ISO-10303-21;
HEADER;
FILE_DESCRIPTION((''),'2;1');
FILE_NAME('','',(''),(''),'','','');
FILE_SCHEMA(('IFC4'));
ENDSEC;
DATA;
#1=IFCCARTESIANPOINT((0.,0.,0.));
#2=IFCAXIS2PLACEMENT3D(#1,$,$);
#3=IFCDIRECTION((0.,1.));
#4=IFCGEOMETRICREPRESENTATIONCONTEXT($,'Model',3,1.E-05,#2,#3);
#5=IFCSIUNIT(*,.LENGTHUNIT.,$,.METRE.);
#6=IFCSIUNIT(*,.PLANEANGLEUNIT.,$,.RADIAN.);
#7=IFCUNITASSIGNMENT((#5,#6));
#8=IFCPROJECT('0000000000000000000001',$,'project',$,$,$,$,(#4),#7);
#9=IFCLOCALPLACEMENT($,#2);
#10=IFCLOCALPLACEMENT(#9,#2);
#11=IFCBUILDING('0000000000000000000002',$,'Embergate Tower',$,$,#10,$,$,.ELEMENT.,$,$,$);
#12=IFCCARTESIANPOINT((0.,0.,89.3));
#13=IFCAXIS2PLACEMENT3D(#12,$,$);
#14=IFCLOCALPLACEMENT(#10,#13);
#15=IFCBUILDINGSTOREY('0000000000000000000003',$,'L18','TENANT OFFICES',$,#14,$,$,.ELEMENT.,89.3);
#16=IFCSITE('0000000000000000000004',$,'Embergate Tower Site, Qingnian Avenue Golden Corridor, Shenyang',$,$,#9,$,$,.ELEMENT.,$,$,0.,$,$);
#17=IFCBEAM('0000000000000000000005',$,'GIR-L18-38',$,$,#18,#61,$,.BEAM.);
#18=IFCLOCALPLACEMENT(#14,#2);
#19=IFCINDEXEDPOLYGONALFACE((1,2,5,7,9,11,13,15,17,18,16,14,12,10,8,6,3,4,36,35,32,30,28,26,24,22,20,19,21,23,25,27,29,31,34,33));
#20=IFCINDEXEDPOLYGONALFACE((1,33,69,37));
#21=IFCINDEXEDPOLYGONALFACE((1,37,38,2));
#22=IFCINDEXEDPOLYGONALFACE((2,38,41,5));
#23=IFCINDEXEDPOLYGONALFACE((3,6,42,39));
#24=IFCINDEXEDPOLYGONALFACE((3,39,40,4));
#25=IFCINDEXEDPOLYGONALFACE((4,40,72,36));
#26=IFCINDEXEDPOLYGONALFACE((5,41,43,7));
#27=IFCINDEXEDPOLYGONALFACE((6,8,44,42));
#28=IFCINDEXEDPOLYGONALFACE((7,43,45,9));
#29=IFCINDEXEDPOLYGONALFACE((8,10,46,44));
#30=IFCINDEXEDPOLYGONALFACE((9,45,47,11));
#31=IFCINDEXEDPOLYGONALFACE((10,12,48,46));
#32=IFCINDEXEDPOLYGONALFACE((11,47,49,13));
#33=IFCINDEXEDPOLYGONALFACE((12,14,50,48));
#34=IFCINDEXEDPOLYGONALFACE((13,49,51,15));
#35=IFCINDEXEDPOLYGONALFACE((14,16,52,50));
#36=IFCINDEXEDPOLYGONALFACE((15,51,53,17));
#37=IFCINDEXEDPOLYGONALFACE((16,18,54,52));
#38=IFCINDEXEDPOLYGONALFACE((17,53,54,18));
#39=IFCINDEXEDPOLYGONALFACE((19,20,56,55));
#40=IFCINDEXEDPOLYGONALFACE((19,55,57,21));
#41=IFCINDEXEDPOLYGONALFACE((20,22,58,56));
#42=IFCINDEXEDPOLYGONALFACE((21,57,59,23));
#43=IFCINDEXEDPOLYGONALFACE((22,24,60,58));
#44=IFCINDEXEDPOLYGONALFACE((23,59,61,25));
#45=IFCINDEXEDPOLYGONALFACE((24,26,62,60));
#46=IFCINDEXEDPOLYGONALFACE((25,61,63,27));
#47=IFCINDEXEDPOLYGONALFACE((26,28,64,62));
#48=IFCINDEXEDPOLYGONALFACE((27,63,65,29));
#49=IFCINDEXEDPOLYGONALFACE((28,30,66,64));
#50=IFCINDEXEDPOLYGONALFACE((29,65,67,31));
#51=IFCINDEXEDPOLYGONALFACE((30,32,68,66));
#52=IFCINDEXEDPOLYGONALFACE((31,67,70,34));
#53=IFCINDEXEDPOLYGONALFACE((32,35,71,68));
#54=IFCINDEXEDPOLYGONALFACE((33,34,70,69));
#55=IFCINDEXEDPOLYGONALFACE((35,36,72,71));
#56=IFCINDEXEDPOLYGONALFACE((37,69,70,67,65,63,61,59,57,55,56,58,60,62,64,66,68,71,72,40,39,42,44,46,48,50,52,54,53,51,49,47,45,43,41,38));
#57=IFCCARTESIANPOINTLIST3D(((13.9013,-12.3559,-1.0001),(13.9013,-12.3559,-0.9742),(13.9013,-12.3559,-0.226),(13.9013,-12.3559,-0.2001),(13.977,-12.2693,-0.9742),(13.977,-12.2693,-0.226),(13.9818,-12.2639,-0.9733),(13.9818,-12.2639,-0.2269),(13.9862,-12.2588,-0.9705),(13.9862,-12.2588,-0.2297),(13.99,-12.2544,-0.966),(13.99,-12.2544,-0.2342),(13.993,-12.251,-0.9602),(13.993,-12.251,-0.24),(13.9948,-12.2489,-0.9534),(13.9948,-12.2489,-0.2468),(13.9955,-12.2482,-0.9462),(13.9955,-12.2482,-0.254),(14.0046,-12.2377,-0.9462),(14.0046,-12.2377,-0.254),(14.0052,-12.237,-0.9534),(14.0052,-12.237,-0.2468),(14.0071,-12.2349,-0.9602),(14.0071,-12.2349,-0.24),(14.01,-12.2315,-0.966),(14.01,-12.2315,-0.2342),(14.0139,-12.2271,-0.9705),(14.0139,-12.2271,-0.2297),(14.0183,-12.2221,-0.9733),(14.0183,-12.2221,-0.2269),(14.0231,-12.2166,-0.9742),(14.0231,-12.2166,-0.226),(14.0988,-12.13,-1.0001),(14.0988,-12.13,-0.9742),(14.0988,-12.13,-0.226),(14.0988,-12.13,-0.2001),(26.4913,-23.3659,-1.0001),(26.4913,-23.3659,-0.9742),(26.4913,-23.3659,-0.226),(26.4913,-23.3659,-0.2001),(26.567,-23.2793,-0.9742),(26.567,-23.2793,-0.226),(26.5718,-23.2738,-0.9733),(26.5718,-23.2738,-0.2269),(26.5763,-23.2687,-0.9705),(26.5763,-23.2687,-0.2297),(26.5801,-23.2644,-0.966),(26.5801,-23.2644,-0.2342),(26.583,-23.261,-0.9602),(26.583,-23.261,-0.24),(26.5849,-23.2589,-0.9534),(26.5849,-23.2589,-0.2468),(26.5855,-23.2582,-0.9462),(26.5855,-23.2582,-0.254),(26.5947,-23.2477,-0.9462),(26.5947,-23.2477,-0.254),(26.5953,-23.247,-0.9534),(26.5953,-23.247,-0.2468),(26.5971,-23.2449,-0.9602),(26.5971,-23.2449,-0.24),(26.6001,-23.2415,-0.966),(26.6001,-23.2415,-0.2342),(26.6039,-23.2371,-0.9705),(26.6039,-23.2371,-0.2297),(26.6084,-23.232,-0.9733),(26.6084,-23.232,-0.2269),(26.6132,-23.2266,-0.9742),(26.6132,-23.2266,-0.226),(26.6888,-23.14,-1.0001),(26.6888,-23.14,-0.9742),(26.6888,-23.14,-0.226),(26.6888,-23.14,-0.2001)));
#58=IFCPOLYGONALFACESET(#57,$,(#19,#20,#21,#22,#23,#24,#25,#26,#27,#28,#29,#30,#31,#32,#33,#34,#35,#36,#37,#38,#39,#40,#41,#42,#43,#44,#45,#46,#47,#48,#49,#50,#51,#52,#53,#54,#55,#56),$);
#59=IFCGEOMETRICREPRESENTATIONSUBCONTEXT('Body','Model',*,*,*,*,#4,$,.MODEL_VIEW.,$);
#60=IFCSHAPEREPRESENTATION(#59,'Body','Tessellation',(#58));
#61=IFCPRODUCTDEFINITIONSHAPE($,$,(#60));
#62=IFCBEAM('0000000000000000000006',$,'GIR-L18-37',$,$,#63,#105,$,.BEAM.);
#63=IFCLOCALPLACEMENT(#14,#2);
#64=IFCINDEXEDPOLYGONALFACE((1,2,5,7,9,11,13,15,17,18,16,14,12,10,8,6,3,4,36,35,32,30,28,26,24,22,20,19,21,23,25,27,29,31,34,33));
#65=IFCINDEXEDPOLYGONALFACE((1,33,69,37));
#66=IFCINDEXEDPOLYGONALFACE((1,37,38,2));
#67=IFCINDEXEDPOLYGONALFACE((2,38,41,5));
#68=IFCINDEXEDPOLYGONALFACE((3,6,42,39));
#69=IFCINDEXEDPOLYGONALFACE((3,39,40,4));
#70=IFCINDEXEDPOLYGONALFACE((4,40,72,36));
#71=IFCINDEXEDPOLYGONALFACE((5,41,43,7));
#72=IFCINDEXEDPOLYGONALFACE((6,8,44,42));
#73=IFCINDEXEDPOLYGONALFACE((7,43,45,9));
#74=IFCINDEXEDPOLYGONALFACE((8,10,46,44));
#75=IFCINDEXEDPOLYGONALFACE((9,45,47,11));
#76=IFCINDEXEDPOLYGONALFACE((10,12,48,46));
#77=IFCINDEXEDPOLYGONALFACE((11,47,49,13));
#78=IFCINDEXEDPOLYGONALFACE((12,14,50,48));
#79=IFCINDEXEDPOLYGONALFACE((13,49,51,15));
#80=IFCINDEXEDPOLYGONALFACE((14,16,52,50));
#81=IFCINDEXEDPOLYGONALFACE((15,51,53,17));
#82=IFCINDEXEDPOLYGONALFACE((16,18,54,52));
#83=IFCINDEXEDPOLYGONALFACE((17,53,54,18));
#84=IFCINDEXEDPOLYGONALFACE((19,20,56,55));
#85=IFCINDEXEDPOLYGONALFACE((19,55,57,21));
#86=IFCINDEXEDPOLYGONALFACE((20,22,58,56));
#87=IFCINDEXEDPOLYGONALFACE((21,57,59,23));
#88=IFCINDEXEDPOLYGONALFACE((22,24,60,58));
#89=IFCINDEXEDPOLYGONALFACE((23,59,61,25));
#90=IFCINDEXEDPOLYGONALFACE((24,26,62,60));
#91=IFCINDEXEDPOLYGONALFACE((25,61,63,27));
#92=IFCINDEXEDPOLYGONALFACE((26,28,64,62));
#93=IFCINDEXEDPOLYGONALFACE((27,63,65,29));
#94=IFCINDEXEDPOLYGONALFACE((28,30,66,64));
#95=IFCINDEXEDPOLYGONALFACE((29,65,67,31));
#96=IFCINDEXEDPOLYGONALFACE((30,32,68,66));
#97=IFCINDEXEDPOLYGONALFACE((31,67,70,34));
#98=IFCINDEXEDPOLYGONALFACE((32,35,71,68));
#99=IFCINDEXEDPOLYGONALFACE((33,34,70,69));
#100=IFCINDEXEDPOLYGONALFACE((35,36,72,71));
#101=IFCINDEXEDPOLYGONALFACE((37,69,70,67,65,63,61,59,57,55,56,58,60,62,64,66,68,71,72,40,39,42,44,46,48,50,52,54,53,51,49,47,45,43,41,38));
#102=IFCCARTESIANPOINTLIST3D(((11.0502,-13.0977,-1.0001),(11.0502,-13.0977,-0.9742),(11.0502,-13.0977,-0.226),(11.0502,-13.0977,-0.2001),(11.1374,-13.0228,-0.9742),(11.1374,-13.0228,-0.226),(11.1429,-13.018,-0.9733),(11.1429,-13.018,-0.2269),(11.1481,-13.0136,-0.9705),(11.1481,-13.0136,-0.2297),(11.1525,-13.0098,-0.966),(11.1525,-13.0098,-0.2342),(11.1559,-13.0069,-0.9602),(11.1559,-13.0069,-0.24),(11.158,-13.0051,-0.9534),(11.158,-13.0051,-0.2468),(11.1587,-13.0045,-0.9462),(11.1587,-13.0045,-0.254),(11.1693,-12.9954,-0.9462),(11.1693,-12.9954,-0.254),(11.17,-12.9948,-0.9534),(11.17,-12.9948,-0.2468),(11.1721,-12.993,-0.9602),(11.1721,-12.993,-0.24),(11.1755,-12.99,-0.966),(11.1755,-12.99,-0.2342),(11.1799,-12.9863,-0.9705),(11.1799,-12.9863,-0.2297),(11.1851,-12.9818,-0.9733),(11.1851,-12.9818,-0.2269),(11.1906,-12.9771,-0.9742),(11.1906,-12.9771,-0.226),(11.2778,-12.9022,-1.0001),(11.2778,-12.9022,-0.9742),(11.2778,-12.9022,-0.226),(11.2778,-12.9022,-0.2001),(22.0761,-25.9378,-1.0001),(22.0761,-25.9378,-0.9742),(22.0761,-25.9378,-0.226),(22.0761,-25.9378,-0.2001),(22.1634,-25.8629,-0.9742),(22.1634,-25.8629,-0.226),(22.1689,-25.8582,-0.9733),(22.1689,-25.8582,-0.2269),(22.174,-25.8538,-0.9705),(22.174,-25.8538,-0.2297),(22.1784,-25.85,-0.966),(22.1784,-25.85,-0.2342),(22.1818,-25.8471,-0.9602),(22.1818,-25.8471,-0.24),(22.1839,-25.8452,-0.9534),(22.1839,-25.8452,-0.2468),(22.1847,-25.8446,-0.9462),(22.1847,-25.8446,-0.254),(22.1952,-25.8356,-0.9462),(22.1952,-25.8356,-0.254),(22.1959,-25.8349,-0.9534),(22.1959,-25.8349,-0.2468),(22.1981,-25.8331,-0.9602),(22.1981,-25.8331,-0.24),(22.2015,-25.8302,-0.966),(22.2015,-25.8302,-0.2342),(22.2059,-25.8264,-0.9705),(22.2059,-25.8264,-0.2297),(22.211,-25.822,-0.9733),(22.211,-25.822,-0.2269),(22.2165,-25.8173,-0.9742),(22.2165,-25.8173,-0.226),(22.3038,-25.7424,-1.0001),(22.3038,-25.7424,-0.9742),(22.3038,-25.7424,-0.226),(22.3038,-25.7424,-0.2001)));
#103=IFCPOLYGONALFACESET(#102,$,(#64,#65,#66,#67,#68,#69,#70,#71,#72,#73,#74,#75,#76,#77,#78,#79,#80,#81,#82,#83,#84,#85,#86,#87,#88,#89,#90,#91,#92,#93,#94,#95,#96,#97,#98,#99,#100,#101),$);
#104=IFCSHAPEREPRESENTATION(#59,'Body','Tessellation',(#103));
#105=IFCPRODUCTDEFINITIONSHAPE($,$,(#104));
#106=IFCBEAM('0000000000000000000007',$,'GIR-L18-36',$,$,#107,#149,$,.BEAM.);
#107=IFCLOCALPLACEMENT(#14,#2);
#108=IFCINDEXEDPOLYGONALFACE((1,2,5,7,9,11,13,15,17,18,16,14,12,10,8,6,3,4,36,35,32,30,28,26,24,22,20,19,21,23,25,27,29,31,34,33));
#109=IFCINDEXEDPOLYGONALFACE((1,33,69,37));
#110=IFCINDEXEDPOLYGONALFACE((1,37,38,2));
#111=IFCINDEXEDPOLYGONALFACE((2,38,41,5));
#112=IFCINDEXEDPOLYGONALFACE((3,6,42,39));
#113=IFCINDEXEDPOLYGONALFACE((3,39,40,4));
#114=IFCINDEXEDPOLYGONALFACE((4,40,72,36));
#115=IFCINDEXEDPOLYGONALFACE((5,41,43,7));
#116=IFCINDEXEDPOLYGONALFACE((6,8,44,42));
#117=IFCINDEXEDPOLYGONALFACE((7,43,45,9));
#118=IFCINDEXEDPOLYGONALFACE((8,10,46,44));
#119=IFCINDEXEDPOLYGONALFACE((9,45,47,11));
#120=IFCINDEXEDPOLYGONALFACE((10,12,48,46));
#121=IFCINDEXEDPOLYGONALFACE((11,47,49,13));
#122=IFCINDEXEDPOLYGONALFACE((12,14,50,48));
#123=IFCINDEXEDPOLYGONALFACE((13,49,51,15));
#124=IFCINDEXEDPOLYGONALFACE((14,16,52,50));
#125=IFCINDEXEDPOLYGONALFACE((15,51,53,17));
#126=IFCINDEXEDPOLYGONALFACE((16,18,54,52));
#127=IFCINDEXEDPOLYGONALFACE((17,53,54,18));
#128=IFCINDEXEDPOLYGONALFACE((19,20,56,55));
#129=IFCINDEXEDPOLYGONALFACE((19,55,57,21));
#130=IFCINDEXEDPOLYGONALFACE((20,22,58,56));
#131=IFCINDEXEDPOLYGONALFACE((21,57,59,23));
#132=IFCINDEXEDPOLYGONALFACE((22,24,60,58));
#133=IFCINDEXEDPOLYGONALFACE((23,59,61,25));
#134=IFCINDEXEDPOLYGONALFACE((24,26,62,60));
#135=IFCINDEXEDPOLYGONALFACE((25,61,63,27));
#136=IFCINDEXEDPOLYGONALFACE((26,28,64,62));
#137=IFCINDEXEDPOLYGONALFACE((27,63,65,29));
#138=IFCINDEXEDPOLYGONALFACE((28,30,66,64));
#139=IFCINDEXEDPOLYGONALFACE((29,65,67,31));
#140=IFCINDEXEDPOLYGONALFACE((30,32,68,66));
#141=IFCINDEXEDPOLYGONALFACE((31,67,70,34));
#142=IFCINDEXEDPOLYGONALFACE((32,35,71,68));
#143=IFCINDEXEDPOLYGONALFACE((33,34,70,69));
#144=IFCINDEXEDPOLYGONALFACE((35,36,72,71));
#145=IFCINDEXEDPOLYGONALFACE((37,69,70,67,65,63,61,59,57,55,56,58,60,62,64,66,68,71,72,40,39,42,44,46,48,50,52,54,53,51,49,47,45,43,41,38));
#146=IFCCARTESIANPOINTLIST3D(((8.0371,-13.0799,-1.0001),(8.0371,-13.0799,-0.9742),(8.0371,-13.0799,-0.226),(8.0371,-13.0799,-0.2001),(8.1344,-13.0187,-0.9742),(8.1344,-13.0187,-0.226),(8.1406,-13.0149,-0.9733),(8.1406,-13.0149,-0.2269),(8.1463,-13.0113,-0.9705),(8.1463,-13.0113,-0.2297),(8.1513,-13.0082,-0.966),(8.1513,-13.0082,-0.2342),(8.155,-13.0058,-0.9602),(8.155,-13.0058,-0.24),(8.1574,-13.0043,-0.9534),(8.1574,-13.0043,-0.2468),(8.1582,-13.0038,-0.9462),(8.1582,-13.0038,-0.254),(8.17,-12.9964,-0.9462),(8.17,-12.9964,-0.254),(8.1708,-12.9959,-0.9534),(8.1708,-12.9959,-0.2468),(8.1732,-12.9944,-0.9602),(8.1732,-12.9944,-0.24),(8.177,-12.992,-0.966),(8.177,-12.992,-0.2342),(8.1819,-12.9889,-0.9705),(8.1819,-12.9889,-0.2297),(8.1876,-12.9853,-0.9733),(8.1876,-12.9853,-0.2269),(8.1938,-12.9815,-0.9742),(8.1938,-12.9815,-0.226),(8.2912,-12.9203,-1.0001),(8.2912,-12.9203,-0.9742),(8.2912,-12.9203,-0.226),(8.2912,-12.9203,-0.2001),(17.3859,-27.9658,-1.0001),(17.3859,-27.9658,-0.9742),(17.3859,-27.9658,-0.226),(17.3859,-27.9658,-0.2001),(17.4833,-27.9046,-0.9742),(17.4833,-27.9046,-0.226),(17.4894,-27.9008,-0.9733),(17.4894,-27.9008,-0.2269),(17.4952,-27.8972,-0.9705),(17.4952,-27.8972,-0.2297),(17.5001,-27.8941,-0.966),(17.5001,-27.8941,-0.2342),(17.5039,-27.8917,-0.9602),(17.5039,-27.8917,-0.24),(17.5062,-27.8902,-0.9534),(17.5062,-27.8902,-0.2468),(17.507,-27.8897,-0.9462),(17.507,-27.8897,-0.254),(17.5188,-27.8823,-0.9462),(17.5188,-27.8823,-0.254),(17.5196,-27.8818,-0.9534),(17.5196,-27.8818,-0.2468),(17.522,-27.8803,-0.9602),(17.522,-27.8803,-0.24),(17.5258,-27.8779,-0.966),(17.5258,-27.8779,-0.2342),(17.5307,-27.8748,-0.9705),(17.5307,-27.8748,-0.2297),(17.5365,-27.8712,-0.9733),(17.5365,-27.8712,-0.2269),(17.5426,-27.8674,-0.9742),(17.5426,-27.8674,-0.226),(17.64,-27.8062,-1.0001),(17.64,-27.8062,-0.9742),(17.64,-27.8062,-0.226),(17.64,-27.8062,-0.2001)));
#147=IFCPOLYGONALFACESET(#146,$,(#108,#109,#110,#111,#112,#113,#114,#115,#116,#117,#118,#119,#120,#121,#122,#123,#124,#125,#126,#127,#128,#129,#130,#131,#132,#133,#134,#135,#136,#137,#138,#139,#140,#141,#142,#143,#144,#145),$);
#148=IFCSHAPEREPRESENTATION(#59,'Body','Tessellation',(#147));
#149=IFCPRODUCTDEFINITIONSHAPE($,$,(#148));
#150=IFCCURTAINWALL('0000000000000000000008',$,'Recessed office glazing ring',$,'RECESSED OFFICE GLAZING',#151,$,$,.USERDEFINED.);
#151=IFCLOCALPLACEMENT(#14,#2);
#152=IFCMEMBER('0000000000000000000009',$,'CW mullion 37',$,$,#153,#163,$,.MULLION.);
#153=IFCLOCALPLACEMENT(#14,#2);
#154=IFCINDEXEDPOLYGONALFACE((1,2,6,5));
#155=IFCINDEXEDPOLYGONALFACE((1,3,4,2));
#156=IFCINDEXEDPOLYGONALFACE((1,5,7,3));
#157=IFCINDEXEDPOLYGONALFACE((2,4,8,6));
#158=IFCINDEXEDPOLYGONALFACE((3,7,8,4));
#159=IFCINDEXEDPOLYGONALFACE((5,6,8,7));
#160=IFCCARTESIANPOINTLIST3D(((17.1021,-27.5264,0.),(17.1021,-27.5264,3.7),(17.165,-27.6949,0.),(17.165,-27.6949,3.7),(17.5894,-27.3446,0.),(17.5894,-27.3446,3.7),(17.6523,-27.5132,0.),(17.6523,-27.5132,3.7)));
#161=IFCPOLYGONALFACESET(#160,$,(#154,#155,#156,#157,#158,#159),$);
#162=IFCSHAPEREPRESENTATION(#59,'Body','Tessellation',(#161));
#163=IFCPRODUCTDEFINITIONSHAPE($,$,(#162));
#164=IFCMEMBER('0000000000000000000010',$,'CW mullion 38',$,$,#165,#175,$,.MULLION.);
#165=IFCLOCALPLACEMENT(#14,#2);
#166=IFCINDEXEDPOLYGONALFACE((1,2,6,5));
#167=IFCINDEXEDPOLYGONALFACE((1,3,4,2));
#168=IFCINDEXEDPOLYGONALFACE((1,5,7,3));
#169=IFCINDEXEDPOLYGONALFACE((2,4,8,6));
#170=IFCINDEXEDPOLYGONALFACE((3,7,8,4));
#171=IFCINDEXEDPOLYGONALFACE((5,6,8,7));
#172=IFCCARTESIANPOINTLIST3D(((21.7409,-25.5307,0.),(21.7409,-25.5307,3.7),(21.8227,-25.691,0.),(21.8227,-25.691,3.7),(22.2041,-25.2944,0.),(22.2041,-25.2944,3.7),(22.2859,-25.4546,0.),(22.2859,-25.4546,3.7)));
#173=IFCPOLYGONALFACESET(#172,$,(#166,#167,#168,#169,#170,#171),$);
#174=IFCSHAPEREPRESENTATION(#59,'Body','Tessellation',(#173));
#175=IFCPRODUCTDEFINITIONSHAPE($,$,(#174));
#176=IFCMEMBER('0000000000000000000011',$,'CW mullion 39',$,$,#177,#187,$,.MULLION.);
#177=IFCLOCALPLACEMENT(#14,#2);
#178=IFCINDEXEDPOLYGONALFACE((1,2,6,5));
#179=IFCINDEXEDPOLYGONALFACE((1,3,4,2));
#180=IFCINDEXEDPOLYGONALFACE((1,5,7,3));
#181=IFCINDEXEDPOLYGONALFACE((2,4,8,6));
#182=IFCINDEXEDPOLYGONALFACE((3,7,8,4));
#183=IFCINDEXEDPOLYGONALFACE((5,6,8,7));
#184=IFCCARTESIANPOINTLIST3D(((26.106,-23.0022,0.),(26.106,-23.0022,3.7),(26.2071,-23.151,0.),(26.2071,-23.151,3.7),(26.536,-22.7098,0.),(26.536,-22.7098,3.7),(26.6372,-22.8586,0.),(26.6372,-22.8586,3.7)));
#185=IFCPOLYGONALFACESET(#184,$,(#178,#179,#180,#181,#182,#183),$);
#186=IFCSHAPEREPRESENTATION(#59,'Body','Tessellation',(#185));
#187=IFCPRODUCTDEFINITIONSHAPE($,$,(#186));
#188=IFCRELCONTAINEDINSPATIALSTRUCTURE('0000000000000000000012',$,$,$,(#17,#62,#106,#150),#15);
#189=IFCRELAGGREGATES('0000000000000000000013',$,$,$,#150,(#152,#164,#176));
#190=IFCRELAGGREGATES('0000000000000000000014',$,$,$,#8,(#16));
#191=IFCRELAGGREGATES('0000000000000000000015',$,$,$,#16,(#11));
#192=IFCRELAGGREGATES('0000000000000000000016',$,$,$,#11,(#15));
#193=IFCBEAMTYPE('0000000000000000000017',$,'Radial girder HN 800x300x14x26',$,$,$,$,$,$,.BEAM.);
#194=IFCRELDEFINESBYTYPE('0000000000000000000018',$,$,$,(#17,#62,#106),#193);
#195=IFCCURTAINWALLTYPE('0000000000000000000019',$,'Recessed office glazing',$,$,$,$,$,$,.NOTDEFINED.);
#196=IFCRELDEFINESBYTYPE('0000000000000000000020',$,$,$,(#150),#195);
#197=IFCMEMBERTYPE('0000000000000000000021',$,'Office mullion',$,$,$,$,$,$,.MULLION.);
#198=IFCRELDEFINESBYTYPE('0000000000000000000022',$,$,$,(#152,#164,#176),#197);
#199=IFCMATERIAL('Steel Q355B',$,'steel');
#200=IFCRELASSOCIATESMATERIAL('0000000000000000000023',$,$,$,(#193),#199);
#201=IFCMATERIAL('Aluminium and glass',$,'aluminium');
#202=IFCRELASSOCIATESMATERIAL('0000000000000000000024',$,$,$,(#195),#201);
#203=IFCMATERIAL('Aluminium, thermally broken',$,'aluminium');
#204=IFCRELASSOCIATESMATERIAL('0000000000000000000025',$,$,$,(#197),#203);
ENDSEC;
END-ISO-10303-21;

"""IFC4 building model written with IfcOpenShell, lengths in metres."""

from ifc_helpers import new_model, si_unit, direction, frame, origin, origin_2d, place, context, subcontext, project, spatial, rectangle, i_section, extrude, source, transform, mapped, material, material_profile, profile_set, type_object, element, aggregate, save


model = new_model("IFC4")

# Units and contexts
model_context = context("Model", 3, precision=1e-05, world=origin(), true_north=direction((0.0, 1.0)))
body_context = subcontext(model_context, "Body", "Model", "MODEL_VIEW")
ifc_project = project(units=[si_unit("LENGTHUNIT", "METRE"), si_unit("PLANEANGLEUNIT", "RADIAN")], contexts=[model_context])

# Site, building, storey
site_placement = place(None, origin())
site = spatial("IfcSite", under=ifc_project, at=site_placement, Name="Embergate Tower Site, Qingnian Avenue Golden Corridor, Shenyang", CompositionType="ELEMENT", RefElevation=0.0)
building_placement = place(site_placement, origin())
building = spatial("IfcBuilding", under=site, at=building_placement, Name="Embergate Tower", CompositionType="ELEMENT")
storey_placement = place(building_placement, frame((0.0, 0.0, 89.3)))
storey = spatial("IfcBuildingStorey", under=building, at=storey_placement, Name="L18", Description="TENANT OFFICES", CompositionType="ELEMENT", Elevation=89.3)

# Beams
ifc_material_1 = material(Name="Steel Q355B", Category="steel")
ifc_material_profile_1 = material_profile(ifc_material_1, i_section(OverallWidth=0.3, OverallDepth=0.8, WebThickness=0.0139, FlangeThickness=0.0259, FilletRadius=0.0281, at=origin_2d()), Name="HN 800x300x14x26")
ifc_profile_set_1 = profile_set([ifc_material_profile_1], Name="Steel Q355 grade B")
beam_type_1 = type_object("IfcBeamType", Name="Radial girder HN 800x300x14x26", PredefinedType="BEAM", material=ifc_profile_set_1)
shared_shape_1 = source(origin(), body_context, "Body", "SweptSolid", [
    extrude(i_section(OverallWidth=0.3, OverallDepth=0.8, WebThickness=0.0139, FlangeThickness=0.0259, FilletRadius=0.0281, at=origin_2d()), origin(), (0.0, 0.0, 1.0), 16.7251),
])
beam_1_placement = place(storey_placement, frame((26.5901, -23.2529, -0.6001), z_axis=(-0.752764, 0.658291, 0.0), x_axis=(-0.658291, -0.752764, 0.0)))
element("IfcBeam", 1, at=beam_1_placement, inside=storey, type_object=beam_type_1, Name="GIR-L18-38", PredefinedType="BEAM", context=body_context, shape_type="MappedRepresentation", body=[
    mapped(shared_shape_1, transform((0.0, 0.0, 0.0))),
])
shared_shape_2 = source(origin(), body_context, "Body", "SweptSolid", [
    extrude(i_section(OverallWidth=0.3, OverallDepth=0.8, WebThickness=0.0139, FlangeThickness=0.0259, FilletRadius=0.0281, at=origin_2d()), origin(), (0.0, 0.0, 1.0), 16.9246),
])
beam_2_placement = place(storey_placement, frame((22.1899, -25.8401, -0.6001), z_axis=(-0.651475, 0.75867, 0.0), x_axis=(-0.75867, -0.651475, 0.0)))
element("IfcBeam", 2, at=beam_2_placement, inside=storey, type_object=beam_type_1, Name="GIR-L18-37", PredefinedType="BEAM", context=body_context, shape_type="MappedRepresentation", body=[
    mapped(shared_shape_2, transform((0.0, 0.0, 0.0))),
])
shared_shape_3 = source(origin(), body_context, "Body", "SweptSolid", [
    extrude(i_section(OverallWidth=0.3, OverallDepth=0.8, WebThickness=0.0139, FlangeThickness=0.0259, FilletRadius=0.0281, at=origin_2d()), origin(), (0.0, 0.0, 1.0), 17.5781),
])
beam_3_placement = place(storey_placement, frame((17.5129, -27.886, -0.6001), z_axis=(-0.531844, 0.846842, 0.0), x_axis=(-0.846842, -0.531844, 0.0)))
element("IfcBeam", 3, at=beam_3_placement, inside=storey, type_object=beam_type_1, Name="GIR-L18-36", PredefinedType="BEAM", context=body_context, shape_type="MappedRepresentation", body=[
    mapped(shared_shape_3, transform((0.0, 0.0, 0.0))),
])

# Curtain wall, members
ifc_material_2 = material(Name="Aluminium and glass", Category="aluminium")
curtain_wall_type = type_object("IfcCurtainWallType", Name="Recessed office glazing", PredefinedType="NOTDEFINED", material=ifc_material_2)
curtain_wall_placement = place(storey_placement, origin())
curtain_wall = element("IfcCurtainWall", 4, at=curtain_wall_placement, inside=storey, type_object=curtain_wall_type, Name="Recessed office glazing ring", ObjectType="RECESSED OFFICE GLAZING", PredefinedType="USERDEFINED")
ifc_material_3 = material(Name="Aluminium, thermally broken", Category="aluminium")
ifc_material_profile_2 = material_profile(ifc_material_3, rectangle(XDim=0.1799, YDim=0.52, at=origin_2d()), Name="AL 520x180")
ifc_profile_set_2 = profile_set([ifc_material_profile_2], Name="Aluminium, thermally broken")
member_type_1 = type_object("IfcMemberType", Name="Office mullion", PredefinedType="MULLION", material=ifc_profile_set_2)
shared_shape_4 = source(origin(), body_context, "Body", "SweptSolid", [
    extrude(rectangle(XDim=0.1799, YDim=0.52, at=origin_2d()), origin(), (0.0, 0.0, 1.0), 3.7),
])
member_1_placement = place(storey_placement, frame((17.3772, -27.5198, 0.0), z_axis=(0.0, 0.0, 1.0), x_axis=(-0.349503, 0.936935, 0.0)))
member_1 = element("IfcMember", 5, at=member_1_placement, type_object=member_type_1, Name="CW mullion 37", PredefinedType="MULLION", context=body_context, shape_type="MappedRepresentation", body=[
    mapped(shared_shape_4, transform((0.0, 0.0, 0.0))),
])
member_2_placement = place(storey_placement, frame((22.0134, -25.4927, 0.0), z_axis=(0.0, 0.0, 1.0), x_axis=(-0.454511, 0.890741, 0.0)))
member_2 = element("IfcMember", 6, at=member_2_placement, type_object=member_type_1, Name="CW mullion 38", PredefinedType="MULLION", context=body_context, shape_type="MappedRepresentation", body=[
    mapped(shared_shape_4, transform((0.0, 0.0, 0.0))),
])
member_3_placement = place(storey_placement, frame((26.3716, -22.9304, 0.0), z_axis=(0.0, 0.0, 1.0), x_axis=(-0.562218, 0.826989, 0.0)))
member_3 = element("IfcMember", 7, at=member_3_placement, type_object=member_type_1, Name="CW mullion 39", PredefinedType="MULLION", context=body_context, shape_type="MappedRepresentation", body=[
    mapped(shared_shape_4, transform((0.0, 0.0, 0.0))),
])
aggregate(curtain_wall, [member_1, member_2, member_3])

save(model, "model.ifc")
